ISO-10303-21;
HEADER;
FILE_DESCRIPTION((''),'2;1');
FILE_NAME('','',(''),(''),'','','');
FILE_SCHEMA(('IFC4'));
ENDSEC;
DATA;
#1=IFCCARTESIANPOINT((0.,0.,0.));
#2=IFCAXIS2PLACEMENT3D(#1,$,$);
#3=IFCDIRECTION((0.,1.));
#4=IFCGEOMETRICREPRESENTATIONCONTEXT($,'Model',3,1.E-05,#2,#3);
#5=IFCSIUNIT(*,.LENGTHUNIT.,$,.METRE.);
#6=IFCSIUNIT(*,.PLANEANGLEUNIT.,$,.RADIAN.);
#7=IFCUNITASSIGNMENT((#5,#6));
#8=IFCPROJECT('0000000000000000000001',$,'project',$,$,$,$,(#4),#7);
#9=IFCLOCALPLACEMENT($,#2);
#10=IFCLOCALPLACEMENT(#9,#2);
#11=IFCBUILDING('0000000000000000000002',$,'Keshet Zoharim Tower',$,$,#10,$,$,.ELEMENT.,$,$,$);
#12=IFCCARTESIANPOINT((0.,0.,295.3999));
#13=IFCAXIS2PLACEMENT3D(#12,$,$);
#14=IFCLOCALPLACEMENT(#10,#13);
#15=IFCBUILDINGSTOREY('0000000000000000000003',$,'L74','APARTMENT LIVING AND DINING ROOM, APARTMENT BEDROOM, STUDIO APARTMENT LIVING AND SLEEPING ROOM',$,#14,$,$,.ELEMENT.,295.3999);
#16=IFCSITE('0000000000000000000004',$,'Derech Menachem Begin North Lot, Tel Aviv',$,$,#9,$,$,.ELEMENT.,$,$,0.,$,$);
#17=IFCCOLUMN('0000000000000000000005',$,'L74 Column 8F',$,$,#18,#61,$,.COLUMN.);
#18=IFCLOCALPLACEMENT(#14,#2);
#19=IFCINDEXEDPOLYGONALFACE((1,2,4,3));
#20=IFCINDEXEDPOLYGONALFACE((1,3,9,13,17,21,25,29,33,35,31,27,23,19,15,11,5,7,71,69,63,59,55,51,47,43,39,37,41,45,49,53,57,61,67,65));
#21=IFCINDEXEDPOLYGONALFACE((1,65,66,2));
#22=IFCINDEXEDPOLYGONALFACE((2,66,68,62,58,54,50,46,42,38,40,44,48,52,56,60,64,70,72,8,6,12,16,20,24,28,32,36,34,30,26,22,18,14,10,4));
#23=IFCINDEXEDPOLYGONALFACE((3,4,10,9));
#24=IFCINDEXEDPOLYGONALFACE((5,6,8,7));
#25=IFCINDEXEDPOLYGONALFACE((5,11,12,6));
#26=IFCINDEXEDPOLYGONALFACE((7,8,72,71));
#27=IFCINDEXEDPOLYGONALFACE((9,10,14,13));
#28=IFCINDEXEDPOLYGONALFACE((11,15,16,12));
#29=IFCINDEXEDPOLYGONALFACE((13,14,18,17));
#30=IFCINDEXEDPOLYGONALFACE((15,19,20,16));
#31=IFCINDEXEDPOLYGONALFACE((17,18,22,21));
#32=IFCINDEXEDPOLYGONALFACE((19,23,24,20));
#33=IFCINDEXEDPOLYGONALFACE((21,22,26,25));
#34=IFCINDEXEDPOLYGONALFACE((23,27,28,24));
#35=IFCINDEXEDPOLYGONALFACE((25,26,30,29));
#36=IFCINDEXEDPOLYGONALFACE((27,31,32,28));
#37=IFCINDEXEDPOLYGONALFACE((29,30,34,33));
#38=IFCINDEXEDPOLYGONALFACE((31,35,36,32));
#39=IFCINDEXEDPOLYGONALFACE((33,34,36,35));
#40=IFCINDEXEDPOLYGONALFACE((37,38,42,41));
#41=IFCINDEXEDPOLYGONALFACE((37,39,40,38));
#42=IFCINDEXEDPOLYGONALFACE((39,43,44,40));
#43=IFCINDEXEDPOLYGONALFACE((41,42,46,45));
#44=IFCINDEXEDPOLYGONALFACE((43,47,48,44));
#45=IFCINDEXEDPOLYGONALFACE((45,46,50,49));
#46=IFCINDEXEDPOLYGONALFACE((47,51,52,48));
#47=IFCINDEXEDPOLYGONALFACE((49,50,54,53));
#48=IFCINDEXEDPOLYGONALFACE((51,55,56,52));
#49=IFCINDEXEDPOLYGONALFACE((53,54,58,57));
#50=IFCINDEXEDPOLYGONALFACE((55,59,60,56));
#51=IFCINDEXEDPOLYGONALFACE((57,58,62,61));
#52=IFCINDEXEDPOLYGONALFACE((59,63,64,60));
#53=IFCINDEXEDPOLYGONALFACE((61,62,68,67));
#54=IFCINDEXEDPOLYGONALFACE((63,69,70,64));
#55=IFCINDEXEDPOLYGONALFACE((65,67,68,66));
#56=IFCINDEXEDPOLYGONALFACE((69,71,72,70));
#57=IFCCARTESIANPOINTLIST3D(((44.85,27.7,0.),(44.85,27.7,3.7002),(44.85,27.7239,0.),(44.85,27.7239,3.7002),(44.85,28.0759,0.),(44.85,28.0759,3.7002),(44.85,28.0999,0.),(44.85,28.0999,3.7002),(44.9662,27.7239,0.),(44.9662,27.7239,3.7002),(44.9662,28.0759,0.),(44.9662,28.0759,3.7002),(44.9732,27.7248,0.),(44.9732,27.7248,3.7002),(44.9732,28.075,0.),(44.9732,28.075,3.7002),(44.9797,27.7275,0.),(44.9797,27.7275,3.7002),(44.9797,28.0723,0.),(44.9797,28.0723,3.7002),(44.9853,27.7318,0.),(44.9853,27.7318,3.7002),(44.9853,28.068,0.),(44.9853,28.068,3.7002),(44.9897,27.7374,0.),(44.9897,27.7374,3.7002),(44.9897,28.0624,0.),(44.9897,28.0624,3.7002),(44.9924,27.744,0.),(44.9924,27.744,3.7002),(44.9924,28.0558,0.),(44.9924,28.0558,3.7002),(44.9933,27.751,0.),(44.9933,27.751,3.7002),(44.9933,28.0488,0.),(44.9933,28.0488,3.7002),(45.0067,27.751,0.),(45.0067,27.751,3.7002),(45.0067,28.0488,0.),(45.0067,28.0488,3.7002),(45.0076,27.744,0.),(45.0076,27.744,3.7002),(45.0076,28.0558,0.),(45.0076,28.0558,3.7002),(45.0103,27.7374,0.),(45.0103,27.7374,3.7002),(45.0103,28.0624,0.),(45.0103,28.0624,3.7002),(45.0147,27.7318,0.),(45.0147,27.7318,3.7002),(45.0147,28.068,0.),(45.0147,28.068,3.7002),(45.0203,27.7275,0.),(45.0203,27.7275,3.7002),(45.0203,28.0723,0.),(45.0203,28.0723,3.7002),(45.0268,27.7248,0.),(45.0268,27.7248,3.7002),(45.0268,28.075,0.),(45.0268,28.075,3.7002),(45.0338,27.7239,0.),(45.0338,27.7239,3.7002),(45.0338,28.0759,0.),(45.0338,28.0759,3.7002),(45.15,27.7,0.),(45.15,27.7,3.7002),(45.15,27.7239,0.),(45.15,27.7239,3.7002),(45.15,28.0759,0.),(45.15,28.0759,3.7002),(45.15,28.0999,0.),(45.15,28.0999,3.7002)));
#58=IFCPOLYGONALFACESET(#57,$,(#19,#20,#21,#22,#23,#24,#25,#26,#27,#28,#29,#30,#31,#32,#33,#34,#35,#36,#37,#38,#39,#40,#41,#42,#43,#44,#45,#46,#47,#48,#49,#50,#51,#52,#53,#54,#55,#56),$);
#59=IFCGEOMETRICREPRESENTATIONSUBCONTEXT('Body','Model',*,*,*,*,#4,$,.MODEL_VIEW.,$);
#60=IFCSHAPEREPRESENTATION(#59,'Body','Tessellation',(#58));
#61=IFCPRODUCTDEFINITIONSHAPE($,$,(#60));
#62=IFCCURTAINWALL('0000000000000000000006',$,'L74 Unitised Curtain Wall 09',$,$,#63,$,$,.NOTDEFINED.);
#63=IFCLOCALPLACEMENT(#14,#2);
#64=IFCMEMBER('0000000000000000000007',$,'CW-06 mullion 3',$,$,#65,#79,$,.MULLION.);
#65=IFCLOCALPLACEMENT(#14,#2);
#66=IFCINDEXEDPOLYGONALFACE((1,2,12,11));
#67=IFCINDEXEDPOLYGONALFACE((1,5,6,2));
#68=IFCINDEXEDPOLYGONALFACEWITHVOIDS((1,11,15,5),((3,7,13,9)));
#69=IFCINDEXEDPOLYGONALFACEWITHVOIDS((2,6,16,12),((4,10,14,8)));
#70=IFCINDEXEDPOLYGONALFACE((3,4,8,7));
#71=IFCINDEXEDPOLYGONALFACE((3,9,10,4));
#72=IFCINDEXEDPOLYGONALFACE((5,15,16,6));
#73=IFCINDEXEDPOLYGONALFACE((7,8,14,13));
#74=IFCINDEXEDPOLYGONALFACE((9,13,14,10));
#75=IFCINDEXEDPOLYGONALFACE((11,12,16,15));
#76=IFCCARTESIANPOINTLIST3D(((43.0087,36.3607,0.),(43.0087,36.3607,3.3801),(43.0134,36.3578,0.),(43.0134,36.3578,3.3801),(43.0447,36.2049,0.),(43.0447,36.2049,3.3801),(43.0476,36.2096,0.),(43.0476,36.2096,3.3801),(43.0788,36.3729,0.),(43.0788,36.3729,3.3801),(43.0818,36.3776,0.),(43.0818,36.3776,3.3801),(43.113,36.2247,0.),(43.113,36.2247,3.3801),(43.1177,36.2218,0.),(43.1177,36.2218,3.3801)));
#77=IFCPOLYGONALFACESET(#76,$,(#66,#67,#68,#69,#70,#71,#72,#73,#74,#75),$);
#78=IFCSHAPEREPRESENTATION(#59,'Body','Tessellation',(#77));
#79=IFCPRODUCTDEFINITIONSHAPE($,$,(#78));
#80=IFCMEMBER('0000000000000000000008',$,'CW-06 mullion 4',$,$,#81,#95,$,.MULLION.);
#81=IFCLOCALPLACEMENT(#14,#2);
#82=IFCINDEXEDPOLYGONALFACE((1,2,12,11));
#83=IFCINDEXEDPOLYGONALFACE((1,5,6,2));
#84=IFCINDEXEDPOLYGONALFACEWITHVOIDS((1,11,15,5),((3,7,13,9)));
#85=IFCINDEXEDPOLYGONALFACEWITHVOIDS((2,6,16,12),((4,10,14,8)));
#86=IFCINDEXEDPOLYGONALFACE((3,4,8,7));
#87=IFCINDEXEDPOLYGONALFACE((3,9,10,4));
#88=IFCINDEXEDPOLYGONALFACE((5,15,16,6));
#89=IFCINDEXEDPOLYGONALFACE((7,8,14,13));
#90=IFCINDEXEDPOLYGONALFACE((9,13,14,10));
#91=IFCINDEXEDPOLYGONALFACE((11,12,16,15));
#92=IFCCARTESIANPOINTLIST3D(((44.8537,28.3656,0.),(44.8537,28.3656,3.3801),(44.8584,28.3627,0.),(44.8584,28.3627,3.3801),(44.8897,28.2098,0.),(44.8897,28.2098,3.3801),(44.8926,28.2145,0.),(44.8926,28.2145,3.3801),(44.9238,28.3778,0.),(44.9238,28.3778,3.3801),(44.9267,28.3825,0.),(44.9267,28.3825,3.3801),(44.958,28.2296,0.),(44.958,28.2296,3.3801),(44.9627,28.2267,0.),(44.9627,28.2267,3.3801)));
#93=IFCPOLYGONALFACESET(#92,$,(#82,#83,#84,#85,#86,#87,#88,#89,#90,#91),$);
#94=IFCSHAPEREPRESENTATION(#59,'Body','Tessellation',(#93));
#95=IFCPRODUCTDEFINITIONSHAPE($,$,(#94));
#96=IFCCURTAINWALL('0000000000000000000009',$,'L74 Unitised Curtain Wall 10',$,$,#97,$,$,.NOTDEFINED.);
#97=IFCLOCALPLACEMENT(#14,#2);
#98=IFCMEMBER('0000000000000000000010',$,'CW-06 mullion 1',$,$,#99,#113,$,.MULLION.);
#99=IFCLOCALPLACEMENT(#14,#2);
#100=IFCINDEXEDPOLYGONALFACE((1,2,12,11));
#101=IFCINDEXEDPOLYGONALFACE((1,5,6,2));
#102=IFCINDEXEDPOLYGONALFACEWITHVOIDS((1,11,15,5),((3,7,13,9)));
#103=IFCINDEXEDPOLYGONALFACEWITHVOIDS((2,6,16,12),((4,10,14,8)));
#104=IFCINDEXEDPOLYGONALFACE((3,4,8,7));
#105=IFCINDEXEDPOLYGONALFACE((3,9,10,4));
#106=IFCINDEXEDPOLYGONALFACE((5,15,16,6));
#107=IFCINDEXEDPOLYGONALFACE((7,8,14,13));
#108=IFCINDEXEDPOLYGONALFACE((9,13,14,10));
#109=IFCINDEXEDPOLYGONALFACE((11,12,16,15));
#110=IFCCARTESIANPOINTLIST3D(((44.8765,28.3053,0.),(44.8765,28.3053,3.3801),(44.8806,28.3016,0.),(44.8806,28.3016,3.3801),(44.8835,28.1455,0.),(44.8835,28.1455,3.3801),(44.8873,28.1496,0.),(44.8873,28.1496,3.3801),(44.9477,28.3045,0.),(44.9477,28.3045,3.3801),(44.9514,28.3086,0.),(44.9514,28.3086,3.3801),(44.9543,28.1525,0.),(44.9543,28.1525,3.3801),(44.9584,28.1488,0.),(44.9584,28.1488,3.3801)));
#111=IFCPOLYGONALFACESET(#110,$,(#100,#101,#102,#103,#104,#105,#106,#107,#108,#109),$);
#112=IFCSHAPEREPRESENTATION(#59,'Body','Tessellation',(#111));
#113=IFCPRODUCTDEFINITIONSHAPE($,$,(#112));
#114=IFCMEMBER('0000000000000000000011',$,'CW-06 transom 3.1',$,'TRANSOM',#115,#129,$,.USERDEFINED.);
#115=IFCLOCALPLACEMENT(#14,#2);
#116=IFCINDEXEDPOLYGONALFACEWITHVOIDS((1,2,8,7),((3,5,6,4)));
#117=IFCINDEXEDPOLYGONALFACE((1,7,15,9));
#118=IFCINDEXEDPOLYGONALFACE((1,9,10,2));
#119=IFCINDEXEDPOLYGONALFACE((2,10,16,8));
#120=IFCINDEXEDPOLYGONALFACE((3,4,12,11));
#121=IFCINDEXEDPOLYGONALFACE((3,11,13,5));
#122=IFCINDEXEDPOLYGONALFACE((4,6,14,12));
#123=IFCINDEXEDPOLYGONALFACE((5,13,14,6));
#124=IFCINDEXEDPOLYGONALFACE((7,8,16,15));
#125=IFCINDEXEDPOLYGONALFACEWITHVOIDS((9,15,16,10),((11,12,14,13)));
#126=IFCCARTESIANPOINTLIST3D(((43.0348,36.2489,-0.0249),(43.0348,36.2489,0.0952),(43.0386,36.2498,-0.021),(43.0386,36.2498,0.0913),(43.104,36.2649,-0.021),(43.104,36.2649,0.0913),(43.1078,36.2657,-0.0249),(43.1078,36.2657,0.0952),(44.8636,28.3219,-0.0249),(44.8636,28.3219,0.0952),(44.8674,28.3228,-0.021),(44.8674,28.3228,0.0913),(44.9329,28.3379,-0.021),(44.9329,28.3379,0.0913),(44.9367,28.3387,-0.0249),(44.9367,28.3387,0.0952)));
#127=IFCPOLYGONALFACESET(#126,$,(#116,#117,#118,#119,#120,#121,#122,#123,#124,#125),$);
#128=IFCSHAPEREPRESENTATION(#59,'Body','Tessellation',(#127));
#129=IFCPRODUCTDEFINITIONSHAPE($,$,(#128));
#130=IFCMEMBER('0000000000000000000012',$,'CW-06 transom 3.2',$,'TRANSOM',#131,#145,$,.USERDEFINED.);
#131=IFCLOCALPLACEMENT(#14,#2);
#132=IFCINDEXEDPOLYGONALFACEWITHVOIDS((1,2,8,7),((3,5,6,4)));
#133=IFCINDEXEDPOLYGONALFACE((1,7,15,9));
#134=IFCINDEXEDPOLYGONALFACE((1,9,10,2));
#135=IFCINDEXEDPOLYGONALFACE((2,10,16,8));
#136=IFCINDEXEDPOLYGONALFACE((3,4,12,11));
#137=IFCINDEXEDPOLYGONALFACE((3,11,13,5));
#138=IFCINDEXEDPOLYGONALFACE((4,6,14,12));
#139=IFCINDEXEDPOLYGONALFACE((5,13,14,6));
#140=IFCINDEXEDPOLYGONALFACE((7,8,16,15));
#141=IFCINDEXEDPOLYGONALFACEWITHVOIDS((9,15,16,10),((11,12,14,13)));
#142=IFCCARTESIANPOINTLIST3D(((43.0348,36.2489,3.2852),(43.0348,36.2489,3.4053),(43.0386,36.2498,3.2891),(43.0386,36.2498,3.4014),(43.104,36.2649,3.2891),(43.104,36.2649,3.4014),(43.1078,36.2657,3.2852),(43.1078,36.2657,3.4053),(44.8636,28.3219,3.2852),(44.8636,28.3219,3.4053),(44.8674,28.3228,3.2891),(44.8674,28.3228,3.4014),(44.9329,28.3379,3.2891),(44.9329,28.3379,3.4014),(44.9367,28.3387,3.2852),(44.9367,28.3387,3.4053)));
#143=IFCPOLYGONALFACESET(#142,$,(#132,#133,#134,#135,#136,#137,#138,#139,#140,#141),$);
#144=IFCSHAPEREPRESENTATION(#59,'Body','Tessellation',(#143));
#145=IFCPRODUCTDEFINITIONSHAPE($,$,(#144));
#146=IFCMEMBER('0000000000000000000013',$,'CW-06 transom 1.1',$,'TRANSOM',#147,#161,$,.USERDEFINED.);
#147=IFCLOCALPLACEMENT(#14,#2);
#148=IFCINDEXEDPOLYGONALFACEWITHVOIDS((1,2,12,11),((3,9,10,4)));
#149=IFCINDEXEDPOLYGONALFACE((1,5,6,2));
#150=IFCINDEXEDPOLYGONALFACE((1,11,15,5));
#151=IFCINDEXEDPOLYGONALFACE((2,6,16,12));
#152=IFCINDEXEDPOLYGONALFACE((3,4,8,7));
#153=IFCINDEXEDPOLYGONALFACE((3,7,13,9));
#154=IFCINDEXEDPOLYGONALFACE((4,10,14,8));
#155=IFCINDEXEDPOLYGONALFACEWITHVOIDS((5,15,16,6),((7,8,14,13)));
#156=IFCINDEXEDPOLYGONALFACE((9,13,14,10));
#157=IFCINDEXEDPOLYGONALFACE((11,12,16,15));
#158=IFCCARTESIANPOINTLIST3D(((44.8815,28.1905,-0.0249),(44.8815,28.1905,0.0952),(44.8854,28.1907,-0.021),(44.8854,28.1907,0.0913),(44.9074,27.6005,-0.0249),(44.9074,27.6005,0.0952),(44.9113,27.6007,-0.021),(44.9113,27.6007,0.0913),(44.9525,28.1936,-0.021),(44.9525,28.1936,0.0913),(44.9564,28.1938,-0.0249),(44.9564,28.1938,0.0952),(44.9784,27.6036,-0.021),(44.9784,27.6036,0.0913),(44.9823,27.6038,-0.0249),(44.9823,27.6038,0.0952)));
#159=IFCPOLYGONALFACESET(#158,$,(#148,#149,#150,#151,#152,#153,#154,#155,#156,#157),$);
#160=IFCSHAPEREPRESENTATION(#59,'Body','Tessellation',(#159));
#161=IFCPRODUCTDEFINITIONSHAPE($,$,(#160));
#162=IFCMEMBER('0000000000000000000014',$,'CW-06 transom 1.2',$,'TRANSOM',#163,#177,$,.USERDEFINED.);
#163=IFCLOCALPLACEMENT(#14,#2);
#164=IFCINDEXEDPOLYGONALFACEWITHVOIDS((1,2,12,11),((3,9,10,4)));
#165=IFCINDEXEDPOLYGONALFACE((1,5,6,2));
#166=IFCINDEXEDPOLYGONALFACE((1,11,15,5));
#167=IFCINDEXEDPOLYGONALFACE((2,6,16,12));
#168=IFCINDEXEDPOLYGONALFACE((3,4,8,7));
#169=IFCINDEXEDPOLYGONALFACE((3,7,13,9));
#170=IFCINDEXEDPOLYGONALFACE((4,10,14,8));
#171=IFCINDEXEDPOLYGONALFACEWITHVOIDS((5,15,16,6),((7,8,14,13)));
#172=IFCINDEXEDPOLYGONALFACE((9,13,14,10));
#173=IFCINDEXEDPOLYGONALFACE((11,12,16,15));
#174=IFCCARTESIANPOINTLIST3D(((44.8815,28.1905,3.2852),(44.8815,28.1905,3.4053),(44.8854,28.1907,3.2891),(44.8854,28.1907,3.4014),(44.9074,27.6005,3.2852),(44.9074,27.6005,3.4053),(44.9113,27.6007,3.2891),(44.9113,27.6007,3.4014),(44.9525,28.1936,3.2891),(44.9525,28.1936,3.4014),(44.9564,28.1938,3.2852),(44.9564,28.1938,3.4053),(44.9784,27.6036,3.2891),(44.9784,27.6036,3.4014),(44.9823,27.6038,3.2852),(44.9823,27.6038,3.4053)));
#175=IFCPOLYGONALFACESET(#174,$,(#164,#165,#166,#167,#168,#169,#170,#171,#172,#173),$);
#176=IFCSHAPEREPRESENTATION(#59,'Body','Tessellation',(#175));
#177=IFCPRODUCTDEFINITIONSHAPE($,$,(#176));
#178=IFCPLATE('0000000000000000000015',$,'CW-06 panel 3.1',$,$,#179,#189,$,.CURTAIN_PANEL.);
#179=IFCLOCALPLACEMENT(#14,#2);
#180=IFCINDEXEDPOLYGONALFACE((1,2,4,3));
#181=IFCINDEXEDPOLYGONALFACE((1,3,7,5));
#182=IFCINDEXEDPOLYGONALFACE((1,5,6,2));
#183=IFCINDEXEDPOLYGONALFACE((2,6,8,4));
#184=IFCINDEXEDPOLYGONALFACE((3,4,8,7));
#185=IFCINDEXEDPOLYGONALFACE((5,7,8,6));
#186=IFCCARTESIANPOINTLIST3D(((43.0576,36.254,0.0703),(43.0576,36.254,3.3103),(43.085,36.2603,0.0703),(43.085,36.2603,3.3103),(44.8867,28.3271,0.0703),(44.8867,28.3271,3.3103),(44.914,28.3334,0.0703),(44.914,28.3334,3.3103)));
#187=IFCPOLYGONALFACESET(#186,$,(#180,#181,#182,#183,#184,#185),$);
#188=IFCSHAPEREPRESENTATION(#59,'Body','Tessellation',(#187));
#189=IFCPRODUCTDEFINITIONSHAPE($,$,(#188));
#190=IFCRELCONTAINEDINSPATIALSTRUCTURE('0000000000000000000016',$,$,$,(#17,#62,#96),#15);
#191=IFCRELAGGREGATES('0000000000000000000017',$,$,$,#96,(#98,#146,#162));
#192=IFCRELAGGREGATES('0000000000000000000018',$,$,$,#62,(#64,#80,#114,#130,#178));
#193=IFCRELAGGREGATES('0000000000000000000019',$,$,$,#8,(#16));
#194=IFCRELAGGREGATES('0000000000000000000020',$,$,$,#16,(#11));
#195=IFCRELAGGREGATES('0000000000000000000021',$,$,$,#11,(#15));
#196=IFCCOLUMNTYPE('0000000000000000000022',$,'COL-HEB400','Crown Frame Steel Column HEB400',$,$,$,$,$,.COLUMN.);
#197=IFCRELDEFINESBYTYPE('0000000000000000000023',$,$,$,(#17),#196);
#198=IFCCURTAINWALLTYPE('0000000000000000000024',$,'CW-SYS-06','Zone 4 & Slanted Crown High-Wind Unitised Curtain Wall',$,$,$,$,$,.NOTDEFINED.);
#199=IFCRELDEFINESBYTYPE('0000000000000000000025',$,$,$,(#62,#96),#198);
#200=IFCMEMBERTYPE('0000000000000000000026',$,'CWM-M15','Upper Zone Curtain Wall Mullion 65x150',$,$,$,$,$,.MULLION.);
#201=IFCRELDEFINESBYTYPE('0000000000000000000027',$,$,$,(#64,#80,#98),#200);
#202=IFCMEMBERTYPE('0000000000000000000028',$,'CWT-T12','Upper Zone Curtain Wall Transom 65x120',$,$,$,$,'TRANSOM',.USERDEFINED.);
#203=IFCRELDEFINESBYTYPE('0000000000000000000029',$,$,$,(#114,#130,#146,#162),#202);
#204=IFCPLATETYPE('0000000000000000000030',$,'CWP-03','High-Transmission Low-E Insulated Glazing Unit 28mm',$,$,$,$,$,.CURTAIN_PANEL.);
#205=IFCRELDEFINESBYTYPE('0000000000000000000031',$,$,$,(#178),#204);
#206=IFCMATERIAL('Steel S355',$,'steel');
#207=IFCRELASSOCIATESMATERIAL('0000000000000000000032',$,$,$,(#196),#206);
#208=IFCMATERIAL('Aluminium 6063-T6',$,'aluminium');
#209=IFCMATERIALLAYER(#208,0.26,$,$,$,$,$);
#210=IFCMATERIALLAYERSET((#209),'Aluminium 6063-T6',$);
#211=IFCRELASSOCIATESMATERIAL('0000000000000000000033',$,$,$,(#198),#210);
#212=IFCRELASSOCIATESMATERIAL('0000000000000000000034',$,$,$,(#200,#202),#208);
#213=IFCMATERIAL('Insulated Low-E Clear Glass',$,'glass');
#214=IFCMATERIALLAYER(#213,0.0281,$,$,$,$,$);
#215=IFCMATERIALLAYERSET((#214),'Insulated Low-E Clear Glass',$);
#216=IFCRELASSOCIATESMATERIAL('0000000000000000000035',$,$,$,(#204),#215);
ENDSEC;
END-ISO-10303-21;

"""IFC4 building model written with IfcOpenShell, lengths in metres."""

from ifc_helpers import new_model, si_unit, direction, frame, origin, origin_2d, place, context, subcontext, project, spatial, rectangle, hollow_rectangle, i_section, extrude, material, layer, layer_set, material_profile, profile_set, type_object, element, aggregate, save


model = new_model("IFC4")

# Units and contexts
model_context = context("Model", 3, precision=1e-05, world=origin(), true_north=direction((0.0, 1.0)))
body_context = subcontext(model_context, "Body", "Model", "MODEL_VIEW")
ifc_project = project(units=[si_unit("LENGTHUNIT", "METRE"), si_unit("PLANEANGLEUNIT", "RADIAN")], contexts=[model_context])

# Site, building, storey
site_placement = place(None, origin())
site = spatial("IfcSite", under=ifc_project, at=site_placement, Name="Derech Menachem Begin North Lot, Tel Aviv", CompositionType="ELEMENT", RefElevation=0.0)
building_placement = place(site_placement, origin())
building = spatial("IfcBuilding", under=site, at=building_placement, Name="Keshet Zoharim Tower", CompositionType="ELEMENT")
storey_placement = place(building_placement, frame((0.0, 0.0, 295.3999)))
storey = spatial("IfcBuildingStorey", under=building, at=storey_placement, Name="L74", Description="APARTMENT LIVING AND DINING ROOM, APARTMENT BEDROOM, STUDIO APARTMENT LIVING AND SLEEPING ROOM", CompositionType="ELEMENT", Elevation=295.3999)

# Column
ifc_material_1 = material(Name="Steel S355", Category="steel")
ifc_material_profile_1 = material_profile(ifc_material_1, i_section(OverallWidth=0.3, OverallDepth=0.3999, WebThickness=0.0134, FlangeThickness=0.0239, FilletRadius=0.0271, at=origin_2d()), Name="HEB400")
ifc_profile_set_1 = profile_set([ifc_material_profile_1], Name="Steel S355")
column_type = type_object("IfcColumnType", Name="COL-HEB400", Description="Crown Frame Steel Column HEB400", PredefinedType="COLUMN", material=ifc_profile_set_1)
column_placement = place(storey_placement, frame((45.0, 27.8999, 0.0), z_axis=(0.0, 0.0, 1.0), x_axis=(1.0, 0.0, 0.0)))
element("IfcColumn", 1, at=column_placement, inside=storey, type_object=column_type, Name="L74 Column 8F", PredefinedType="COLUMN", context=body_context, shape_type="SweptSolid", body=[
    extrude(i_section(OverallWidth=0.3, OverallDepth=0.3999, WebThickness=0.0134, FlangeThickness=0.0239, FilletRadius=0.0271, at=origin_2d()), origin(), (0.0, 0.0, 1.0), 3.7002),
])

# Curtain wall, members
ifc_material_2 = material(Name="Aluminium 6063-T6", Category="aluminium")
ifc_layer_1 = layer(ifc_material_2, 0.26)
ifc_layer_set_1 = layer_set([ifc_layer_1], Name="Aluminium 6063-T6")
curtain_wall_type = type_object("IfcCurtainWallType", Name="CW-SYS-06", Description="Zone 4 & Slanted Crown High-Wind Unitised Curtain Wall", PredefinedType="NOTDEFINED", material=ifc_layer_set_1)
curtain_wall_1_placement = place(storey_placement, origin())
curtain_wall_1 = element("IfcCurtainWall", 2, at=curtain_wall_1_placement, inside=storey, type_object=curtain_wall_type, Name="L74 Unitised Curtain Wall 09", PredefinedType="NOTDEFINED")
ifc_material_profile_2 = material_profile(ifc_material_2, hollow_rectangle(XDim=0.075, YDim=0.1599, WallThickness=0.0039, at=origin_2d()), Name="MUL-75x160")
ifc_profile_set_2 = profile_set([ifc_material_profile_2], Name="Aluminium 6063-T6")
member_type_1 = type_object("IfcMemberType", Name="CWM-M15", Description="Upper Zone Curtain Wall Mullion 65x150", PredefinedType="MULLION", material=ifc_profile_set_2)
member_1_placement = place(storey_placement, frame((43.0632, 36.2913, 0.0), z_axis=(0.0, 0.0, 1.0), x_axis=(0.974398, 0.22483, 0.0)))
member_1 = element("IfcMember", 3, at=member_1_placement, type_object=member_type_1, Name="CW-06 mullion 3", PredefinedType="MULLION", context=body_context, shape_type="SweptSolid", body=[
    extrude(hollow_rectangle(XDim=0.075, YDim=0.1599, WallThickness=0.0039, at=origin_2d()), origin(), (0.0, 0.0, 1.0), 3.3801),
])
member_2_placement = place(storey_placement, frame((44.9082, 28.2961, 0.0), z_axis=(0.0, 0.0, 1.0), x_axis=(0.974398, 0.22483, 0.0)))
member_2 = element("IfcMember", 4, at=member_2_placement, type_object=member_type_1, Name="CW-06 mullion 4", PredefinedType="MULLION", context=body_context, shape_type="SweptSolid", body=[
    extrude(hollow_rectangle(XDim=0.075, YDim=0.1599, WallThickness=0.0039, at=origin_2d()), origin(), (0.0, 0.0, 1.0), 3.3801),
])

# Curtain wall, member
curtain_wall_2_placement = place(storey_placement, origin())
curtain_wall_2 = element("IfcCurtainWall", 5, at=curtain_wall_2_placement, inside=storey, type_object=curtain_wall_type, Name="L74 Unitised Curtain Wall 10", PredefinedType="NOTDEFINED")
member_3_placement = place(storey_placement, frame((44.9175, 28.2271, 0.0), z_axis=(0.0, 0.0, 1.0), x_axis=(0.999041, 0.043794, 0.0)))
member_3 = element("IfcMember", 6, at=member_3_placement, type_object=member_type_1, Name="CW-06 mullion 1", PredefinedType="MULLION", context=body_context, shape_type="SweptSolid", body=[
    extrude(hollow_rectangle(XDim=0.075, YDim=0.1599, WallThickness=0.0039, at=origin_2d()), origin(), (0.0, 0.0, 1.0), 3.3801),
])

# Members
ifc_material_profile_3 = material_profile(ifc_material_2, hollow_rectangle(XDim=0.075, YDim=0.1201, WallThickness=0.0039, at=origin_2d()), Name="TRN-75x120")
ifc_profile_set_3 = profile_set([ifc_material_profile_3], Name="Aluminium 6063-T6")
member_type_2 = type_object("IfcMemberType", Name="CWT-T12", Description="Upper Zone Curtain Wall Transom 65x120", ElementType="TRANSOM", PredefinedType="USERDEFINED", material=ifc_profile_set_3)
member_4_placement = place(storey_placement, frame((43.0713, 36.2573, 0.0352), z_axis=(0.224807, -0.974403, 0.0), x_axis=(0.974403, 0.224807, 0.0)))
member_4 = element("IfcMember", 7, at=member_4_placement, type_object=member_type_2, Name="CW-06 transom 3.1", ObjectType="TRANSOM", PredefinedType="USERDEFINED", context=body_context, shape_type="SweptSolid", body=[
    extrude(hollow_rectangle(XDim=0.075, YDim=0.1201, WallThickness=0.0039, at=origin_2d()), origin(), (0.0, 0.0, 1.0), 8.1353),
])
member_5_placement = place(storey_placement, frame((43.0713, 36.2573, 3.3452), z_axis=(0.224807, -0.974403, 0.0), x_axis=(0.974403, 0.224807, 0.0)))
member_5 = element("IfcMember", 8, at=member_5_placement, type_object=member_type_2, Name="CW-06 transom 3.2", ObjectType="TRANSOM", PredefinedType="USERDEFINED", context=body_context, shape_type="SweptSolid", body=[
    extrude(hollow_rectangle(XDim=0.075, YDim=0.1201, WallThickness=0.0039, at=origin_2d()), origin(), (0.0, 0.0, 1.0), 8.1353),
])
member_6_placement = place(storey_placement, frame((44.9189, 28.1921, 0.0352), z_axis=(0.043814, -0.99904, 0.0), x_axis=(0.99904, 0.043814, 0.0)))
member_6 = element("IfcMember", 9, at=member_6_placement, type_object=member_type_2, Name="CW-06 transom 1.1", ObjectType="TRANSOM", PredefinedType="USERDEFINED", context=body_context, shape_type="SweptSolid", body=[
    extrude(hollow_rectangle(XDim=0.075, YDim=0.1201, WallThickness=0.0039, at=origin_2d()), origin(), (0.0, 0.0, 1.0), 0.5906),
])
member_7_placement = place(storey_placement, frame((44.9189, 28.1921, 3.3452), z_axis=(0.043814, -0.99904, 0.0), x_axis=(0.99904, 0.043814, 0.0)))
member_7 = element("IfcMember", 10, at=member_7_placement, type_object=member_type_2, Name="CW-06 transom 1.2", ObjectType="TRANSOM", PredefinedType="USERDEFINED", context=body_context, shape_type="SweptSolid", body=[
    extrude(hollow_rectangle(XDim=0.075, YDim=0.1201, WallThickness=0.0039, at=origin_2d()), origin(), (0.0, 0.0, 1.0), 0.5906),
])
aggregate(curtain_wall_2, [member_3, member_6, member_7])

# Plate
ifc_material_3 = material(Name="Insulated Low-E Clear Glass", Category="glass")
ifc_layer_2 = layer(ifc_material_3, 0.0281)
ifc_layer_set_2 = layer_set([ifc_layer_2], Name="Insulated Low-E Clear Glass")
plate_type = type_object("IfcPlateType", Name="CWP-03", Description="High-Transmission Low-E Insulated Glazing Unit 28mm", PredefinedType="CURTAIN_PANEL", material=ifc_layer_set_2)
plate_placement = place(storey_placement, frame((43.9858, 32.2937, 0.0703), z_axis=(0.0, 0.0, 1.0), x_axis=(0.22483, -0.974398, 0.0)))
plate = element("IfcPlate", 11, at=plate_placement, type_object=plate_type, Name="CW-06 panel 3.1", PredefinedType="CURTAIN_PANEL", context=body_context, shape_type="SweptSolid", body=[
    extrude(rectangle(XDim=8.1353, YDim=0.0281, at=origin_2d()), origin(), (0.0, 0.0, 1.0), 3.24),
])
aggregate(curtain_wall_1, [member_1, member_2, member_4, member_5, plate])

save(model, "model.ifc")
